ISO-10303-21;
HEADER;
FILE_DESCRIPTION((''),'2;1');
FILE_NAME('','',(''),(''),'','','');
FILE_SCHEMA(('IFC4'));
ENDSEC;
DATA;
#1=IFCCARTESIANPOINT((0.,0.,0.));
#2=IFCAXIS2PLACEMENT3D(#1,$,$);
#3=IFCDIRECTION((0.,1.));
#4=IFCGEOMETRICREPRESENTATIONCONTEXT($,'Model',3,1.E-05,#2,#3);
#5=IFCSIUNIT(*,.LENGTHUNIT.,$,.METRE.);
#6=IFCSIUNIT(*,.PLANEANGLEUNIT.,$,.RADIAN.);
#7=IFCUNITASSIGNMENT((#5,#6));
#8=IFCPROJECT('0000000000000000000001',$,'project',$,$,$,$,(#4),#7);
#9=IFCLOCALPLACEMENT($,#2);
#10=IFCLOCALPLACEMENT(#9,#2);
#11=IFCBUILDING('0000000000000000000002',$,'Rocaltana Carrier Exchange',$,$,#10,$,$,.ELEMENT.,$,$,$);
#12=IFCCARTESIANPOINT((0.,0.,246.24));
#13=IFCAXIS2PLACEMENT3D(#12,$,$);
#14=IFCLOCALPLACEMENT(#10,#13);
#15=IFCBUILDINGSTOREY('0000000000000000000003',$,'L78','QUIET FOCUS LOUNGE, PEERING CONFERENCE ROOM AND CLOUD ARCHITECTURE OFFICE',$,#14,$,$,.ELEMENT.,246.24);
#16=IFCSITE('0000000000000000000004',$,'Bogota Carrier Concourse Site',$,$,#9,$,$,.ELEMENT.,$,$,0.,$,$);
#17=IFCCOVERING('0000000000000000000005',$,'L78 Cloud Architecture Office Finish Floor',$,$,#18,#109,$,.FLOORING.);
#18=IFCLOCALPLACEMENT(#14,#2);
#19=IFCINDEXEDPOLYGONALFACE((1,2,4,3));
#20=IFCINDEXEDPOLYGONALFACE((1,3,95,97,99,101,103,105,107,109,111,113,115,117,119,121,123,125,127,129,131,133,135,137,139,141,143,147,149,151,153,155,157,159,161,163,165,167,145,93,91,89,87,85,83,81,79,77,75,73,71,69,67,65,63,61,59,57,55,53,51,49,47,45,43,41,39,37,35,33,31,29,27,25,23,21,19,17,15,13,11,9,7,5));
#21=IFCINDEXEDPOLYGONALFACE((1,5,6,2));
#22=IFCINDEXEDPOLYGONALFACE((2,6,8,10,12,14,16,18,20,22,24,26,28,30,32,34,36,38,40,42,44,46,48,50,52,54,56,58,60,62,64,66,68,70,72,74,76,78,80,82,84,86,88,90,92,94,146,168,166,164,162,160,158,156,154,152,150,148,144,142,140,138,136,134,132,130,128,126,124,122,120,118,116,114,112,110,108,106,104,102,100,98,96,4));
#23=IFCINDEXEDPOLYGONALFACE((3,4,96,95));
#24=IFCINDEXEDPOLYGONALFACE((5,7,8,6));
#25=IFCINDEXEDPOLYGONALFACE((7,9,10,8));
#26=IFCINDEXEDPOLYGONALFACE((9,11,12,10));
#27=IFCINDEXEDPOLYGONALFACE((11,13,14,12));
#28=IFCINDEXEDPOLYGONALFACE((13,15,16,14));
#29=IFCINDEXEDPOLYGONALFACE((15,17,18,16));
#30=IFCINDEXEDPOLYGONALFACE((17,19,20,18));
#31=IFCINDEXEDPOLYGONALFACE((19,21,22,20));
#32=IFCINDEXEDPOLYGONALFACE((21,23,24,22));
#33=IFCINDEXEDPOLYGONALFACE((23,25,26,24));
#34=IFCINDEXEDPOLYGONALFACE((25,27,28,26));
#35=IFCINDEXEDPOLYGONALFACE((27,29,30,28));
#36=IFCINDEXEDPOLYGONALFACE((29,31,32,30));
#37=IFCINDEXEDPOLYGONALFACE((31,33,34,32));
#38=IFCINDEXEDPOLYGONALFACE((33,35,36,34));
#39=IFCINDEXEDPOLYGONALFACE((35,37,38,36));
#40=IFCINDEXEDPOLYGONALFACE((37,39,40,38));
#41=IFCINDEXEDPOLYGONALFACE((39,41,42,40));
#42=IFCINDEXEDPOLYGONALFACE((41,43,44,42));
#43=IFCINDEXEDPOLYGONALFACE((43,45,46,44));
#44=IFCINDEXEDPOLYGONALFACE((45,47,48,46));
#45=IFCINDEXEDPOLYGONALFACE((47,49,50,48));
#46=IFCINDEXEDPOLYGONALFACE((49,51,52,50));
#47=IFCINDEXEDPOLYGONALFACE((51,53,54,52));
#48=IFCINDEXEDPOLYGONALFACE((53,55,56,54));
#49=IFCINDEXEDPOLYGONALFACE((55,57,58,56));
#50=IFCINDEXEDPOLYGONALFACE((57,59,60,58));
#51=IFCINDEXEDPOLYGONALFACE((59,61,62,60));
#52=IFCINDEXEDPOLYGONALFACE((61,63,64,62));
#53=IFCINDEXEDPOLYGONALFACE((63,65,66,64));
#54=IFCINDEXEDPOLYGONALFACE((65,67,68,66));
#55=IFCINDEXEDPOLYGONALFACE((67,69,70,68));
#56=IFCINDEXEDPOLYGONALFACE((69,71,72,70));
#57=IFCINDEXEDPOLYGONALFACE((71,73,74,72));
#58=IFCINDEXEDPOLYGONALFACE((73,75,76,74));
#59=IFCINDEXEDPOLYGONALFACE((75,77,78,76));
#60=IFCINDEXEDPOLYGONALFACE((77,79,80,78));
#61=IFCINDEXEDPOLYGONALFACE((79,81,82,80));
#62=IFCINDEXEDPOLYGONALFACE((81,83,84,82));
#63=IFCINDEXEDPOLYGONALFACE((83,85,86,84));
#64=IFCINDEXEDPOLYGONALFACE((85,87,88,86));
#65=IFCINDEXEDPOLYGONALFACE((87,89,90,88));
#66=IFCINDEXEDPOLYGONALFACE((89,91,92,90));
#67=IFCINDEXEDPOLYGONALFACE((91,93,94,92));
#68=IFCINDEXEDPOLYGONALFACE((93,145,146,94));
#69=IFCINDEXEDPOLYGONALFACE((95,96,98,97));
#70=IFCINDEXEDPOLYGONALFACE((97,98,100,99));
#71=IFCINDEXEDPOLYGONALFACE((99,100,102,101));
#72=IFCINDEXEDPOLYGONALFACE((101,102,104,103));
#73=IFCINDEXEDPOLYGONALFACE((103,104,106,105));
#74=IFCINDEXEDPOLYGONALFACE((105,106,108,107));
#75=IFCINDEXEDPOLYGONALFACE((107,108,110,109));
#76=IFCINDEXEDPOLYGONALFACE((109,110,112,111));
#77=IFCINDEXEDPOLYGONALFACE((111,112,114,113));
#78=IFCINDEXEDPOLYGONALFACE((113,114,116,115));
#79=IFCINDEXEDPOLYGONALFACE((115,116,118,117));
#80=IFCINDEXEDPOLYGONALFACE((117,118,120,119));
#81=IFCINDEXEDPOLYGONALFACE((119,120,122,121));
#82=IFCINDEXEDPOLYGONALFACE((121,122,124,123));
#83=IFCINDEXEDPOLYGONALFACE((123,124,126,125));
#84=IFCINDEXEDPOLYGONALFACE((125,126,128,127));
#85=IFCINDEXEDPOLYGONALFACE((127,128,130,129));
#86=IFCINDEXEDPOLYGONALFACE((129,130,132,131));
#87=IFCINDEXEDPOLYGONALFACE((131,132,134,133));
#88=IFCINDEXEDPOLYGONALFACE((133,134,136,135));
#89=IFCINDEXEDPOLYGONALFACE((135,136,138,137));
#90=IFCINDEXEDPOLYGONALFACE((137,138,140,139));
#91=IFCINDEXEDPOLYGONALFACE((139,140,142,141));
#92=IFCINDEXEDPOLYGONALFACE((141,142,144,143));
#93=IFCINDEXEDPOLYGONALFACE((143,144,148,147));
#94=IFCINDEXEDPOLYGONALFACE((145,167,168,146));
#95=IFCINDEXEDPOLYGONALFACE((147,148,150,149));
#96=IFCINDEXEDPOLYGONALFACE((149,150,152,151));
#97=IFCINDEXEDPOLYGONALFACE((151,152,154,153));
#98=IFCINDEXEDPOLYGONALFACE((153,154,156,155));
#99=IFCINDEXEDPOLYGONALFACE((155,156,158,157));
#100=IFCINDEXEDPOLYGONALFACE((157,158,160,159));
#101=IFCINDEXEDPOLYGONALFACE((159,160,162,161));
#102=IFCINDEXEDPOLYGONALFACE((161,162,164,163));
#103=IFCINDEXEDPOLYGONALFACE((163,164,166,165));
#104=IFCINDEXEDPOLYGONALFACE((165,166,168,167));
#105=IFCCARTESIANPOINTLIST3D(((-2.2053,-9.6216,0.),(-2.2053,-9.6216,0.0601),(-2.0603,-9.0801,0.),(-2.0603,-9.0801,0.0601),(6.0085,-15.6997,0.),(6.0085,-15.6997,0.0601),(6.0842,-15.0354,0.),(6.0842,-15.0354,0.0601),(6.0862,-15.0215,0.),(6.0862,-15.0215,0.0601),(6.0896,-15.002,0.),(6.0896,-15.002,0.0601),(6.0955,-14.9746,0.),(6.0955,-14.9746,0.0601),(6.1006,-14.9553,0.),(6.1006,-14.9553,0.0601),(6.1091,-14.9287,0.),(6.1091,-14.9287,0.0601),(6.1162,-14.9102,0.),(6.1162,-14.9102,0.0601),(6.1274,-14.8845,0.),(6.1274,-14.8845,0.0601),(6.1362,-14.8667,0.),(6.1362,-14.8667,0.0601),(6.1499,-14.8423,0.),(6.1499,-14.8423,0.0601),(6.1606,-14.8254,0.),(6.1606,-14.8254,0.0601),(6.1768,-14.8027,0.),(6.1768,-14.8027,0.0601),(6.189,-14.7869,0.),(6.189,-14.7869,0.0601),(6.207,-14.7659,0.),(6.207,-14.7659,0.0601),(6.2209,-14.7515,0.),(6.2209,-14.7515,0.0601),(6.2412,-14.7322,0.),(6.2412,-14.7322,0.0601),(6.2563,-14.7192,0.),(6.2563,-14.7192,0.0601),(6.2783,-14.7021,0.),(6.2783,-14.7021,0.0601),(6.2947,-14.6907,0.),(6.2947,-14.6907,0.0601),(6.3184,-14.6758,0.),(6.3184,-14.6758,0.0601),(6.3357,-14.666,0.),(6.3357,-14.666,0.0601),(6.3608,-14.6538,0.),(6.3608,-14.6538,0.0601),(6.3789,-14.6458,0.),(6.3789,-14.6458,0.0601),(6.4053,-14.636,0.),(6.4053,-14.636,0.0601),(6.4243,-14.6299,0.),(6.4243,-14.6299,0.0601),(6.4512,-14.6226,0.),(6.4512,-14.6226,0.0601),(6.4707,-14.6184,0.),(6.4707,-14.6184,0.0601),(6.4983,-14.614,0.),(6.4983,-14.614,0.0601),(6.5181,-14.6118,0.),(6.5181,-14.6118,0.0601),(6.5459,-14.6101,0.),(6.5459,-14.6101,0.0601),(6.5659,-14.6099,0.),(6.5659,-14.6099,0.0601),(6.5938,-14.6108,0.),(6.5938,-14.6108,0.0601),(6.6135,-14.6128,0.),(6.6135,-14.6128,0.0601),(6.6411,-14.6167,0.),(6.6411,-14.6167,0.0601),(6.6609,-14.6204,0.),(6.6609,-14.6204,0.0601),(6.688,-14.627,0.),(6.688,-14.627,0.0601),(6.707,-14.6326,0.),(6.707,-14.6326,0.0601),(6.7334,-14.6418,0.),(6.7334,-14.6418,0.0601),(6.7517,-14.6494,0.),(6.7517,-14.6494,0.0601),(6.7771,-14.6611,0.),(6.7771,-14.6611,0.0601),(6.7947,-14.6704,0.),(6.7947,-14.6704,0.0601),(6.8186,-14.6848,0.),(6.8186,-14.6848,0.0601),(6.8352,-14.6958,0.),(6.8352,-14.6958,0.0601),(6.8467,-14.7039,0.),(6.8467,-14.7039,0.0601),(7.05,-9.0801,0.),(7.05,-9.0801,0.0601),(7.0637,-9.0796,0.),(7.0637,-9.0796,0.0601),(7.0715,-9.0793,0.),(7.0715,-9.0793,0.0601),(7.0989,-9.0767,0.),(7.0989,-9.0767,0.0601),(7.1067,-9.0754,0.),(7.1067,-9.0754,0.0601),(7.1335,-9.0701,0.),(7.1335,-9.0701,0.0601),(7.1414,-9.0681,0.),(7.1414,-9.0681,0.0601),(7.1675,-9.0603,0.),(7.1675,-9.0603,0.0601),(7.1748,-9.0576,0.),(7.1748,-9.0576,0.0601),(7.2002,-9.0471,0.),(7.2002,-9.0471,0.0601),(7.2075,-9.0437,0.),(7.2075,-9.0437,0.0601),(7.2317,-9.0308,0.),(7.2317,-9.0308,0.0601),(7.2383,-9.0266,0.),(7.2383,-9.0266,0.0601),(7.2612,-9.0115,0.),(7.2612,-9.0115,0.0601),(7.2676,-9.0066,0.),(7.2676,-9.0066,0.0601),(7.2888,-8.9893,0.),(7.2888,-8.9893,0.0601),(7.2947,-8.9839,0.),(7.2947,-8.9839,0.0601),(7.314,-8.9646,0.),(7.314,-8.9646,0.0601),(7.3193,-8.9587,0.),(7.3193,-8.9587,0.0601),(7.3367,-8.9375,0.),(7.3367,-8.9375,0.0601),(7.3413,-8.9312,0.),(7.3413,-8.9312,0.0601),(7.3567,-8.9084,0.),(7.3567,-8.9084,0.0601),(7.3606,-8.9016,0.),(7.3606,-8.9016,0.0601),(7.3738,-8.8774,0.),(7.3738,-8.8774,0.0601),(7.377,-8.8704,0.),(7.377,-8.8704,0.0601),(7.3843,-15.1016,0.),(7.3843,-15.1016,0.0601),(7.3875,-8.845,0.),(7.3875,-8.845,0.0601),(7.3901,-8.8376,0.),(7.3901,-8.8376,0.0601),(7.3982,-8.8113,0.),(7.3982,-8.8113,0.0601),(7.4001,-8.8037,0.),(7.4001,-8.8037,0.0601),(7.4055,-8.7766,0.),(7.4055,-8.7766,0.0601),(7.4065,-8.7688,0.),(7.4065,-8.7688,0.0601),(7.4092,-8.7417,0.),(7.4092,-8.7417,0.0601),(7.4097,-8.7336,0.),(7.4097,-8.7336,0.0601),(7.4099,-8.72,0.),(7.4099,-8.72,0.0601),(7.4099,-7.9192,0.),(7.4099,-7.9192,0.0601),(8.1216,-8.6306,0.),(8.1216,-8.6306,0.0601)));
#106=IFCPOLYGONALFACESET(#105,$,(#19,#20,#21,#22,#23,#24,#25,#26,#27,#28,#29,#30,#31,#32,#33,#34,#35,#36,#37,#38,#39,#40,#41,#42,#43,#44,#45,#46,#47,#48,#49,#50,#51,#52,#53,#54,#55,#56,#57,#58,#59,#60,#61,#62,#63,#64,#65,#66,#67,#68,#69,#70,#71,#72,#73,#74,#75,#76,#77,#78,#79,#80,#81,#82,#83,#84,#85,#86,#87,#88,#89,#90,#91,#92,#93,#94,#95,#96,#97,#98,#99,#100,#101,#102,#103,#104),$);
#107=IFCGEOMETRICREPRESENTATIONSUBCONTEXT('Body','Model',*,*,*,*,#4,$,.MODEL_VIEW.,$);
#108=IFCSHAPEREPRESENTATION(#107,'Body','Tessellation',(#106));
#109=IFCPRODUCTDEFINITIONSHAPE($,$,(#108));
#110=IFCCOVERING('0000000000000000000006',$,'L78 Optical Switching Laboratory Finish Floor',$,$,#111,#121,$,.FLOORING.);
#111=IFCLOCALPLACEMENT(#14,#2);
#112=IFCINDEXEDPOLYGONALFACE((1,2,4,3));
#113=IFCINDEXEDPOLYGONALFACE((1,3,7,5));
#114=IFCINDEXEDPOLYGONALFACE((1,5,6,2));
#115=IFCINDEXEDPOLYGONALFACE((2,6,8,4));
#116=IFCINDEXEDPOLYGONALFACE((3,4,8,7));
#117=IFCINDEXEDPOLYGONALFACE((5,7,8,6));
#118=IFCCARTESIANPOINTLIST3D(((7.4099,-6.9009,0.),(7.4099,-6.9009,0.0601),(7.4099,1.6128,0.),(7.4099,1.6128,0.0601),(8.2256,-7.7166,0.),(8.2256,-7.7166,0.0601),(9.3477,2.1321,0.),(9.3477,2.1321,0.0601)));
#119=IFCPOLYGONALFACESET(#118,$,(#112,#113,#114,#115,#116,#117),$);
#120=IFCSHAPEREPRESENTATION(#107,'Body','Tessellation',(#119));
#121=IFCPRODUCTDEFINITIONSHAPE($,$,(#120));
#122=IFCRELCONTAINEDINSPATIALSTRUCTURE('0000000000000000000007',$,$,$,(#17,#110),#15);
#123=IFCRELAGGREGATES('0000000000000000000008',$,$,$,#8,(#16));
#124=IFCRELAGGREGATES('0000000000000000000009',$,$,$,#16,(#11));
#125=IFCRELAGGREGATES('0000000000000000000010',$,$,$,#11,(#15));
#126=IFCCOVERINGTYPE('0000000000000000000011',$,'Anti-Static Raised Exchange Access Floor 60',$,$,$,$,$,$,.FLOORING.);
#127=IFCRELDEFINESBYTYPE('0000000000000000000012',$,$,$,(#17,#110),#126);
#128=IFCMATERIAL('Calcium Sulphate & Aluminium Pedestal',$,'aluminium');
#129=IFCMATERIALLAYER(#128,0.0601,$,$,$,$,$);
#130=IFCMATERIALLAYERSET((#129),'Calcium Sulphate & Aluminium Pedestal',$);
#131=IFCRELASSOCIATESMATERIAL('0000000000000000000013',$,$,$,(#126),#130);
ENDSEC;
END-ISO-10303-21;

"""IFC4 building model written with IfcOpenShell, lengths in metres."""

from ifc_helpers import new_model, si_unit, direction, frame, origin, place, context, subcontext, project, spatial, polyline, outline, extrude, material, layer, layer_set, type_object, element, save


model = new_model("IFC4")

# Units and contexts
model_context = context("Model", 3, precision=1e-05, world=origin(), true_north=direction((0.0, 1.0)))
body_context = subcontext(model_context, "Body", "Model", "MODEL_VIEW")
ifc_project = project(units=[si_unit("LENGTHUNIT", "METRE"), si_unit("PLANEANGLEUNIT", "RADIAN")], contexts=[model_context])

# Site, building, storey
site_placement = place(None, origin())
site = spatial("IfcSite", under=ifc_project, at=site_placement, Name="Bogota Carrier Concourse Site", CompositionType="ELEMENT", RefElevation=0.0)
building_placement = place(site_placement, origin())
building = spatial("IfcBuilding", under=site, at=building_placement, Name="Rocaltana Carrier Exchange", CompositionType="ELEMENT")
storey_placement = place(building_placement, frame((0.0, 0.0, 246.24)))
storey = spatial("IfcBuildingStorey", under=building, at=storey_placement, Name="L78", Description="QUIET FOCUS LOUNGE, PEERING CONFERENCE ROOM AND CLOUD ARCHITECTURE OFFICE", CompositionType="ELEMENT", Elevation=246.24)

# Coverings
ifc_material_1 = material(Name="Calcium Sulphate & Aluminium Pedestal", Category="aluminium")
ifc_layer_1 = layer(ifc_material_1, 0.0601)
ifc_layer_set_1 = layer_set([ifc_layer_1], Name="Calcium Sulphate & Aluminium Pedestal")
covering_type_1 = type_object("IfcCoveringType", Name="Anti-Static Raised Exchange Access Floor 60", PredefinedType="FLOORING", material=ifc_layer_set_1)
covering_1_placement = place(storey_placement, origin())
element("IfcCovering", 1, at=covering_1_placement, inside=storey, type_object=covering_type_1, Name="L78 Cloud Architecture Office Finish Floor", PredefinedType="FLOORING", context=body_context, shape_type="SweptSolid", body=[
    extrude(outline(polyline([(7.3843, -15.1016), (6.8467, -14.7039), (6.8352, -14.6958), (6.8186, -14.6848), (6.7947, -14.6704), (6.7771, -14.6611), (6.7517, -14.6494), (6.7334, -14.6418), (6.707, -14.6326), (6.688, -14.627), (6.6609, -14.6204), (6.6411, -14.6167), (6.6135, -14.6128), (6.5938, -14.6108), (6.5659, -14.6099), (6.5459, -14.6101), (6.5181, -14.6118), (6.4983, -14.614), (6.4707, -14.6184), (6.4512, -14.6226), (6.4243, -14.6299), (6.4053, -14.636), (6.3789, -14.6458), (6.3608, -14.6538), (6.3357, -14.666), (6.3184, -14.6758), (6.2947, -14.6907), (6.2783, -14.7021), (6.2563, -14.7192), (6.2412, -14.7322), (6.2209, -14.7515), (6.207, -14.7659), (6.189, -14.7869), (6.1768, -14.8027), (6.1606, -14.8254), (6.1499, -14.8423), (6.1362, -14.8667), (6.1274, -14.8845), (6.1162, -14.9102), (6.1091, -14.9287), (6.1006, -14.9553), (6.0955, -14.9746), (6.0896, -15.002), (6.0862, -15.0215), (6.0842, -15.0354), (6.0085, -15.6997), (-2.2053, -9.6216), (-2.0603, -9.0801), (7.05, -9.0801), (7.0637, -9.0796), (7.0715, -9.0793), (7.0989, -9.0767), (7.1067, -9.0754), (7.1335, -9.0701), (7.1414, -9.0681), (7.1675, -9.0603), (7.1748, -9.0576), (7.2002, -9.0471), (7.2075, -9.0437), (7.2317, -9.0308), (7.2383, -9.0266), (7.2612, -9.0115), (7.2676, -9.0066), (7.2888, -8.9893), (7.2947, -8.9839), (7.314, -8.9646), (7.3193, -8.9587), (7.3367, -8.9375), (7.3413, -8.9312), (7.3567, -8.9084), (7.3606, -8.9016), (7.3738, -8.8774), (7.377, -8.8704), (7.3875, -8.845), (7.3901, -8.8376), (7.3982, -8.8113), (7.4001, -8.8037), (7.4055, -8.7766), (7.4065, -8.7688), (7.4092, -8.7417), (7.4097, -8.7336), (7.4099, -8.72), (7.4099, -7.9192), (8.1216, -8.6306), (7.3843, -15.1016)])), origin(), (0.0, 0.0, 1.0), 0.0601),
])
covering_2_placement = place(storey_placement, origin())
element("IfcCovering", 2, at=covering_2_placement, inside=storey, type_object=covering_type_1, Name="L78 Optical Switching Laboratory Finish Floor", PredefinedType="FLOORING", context=body_context, shape_type="SweptSolid", body=[
    extrude(outline(polyline([(8.2256, -7.7166), (7.4099, -6.9009), (7.4099, 1.6128), (9.3477, 2.1321), (8.2256, -7.7166)])), origin(), (0.0, 0.0, 1.0), 0.0601),
])

save(model, "model.ifc")
